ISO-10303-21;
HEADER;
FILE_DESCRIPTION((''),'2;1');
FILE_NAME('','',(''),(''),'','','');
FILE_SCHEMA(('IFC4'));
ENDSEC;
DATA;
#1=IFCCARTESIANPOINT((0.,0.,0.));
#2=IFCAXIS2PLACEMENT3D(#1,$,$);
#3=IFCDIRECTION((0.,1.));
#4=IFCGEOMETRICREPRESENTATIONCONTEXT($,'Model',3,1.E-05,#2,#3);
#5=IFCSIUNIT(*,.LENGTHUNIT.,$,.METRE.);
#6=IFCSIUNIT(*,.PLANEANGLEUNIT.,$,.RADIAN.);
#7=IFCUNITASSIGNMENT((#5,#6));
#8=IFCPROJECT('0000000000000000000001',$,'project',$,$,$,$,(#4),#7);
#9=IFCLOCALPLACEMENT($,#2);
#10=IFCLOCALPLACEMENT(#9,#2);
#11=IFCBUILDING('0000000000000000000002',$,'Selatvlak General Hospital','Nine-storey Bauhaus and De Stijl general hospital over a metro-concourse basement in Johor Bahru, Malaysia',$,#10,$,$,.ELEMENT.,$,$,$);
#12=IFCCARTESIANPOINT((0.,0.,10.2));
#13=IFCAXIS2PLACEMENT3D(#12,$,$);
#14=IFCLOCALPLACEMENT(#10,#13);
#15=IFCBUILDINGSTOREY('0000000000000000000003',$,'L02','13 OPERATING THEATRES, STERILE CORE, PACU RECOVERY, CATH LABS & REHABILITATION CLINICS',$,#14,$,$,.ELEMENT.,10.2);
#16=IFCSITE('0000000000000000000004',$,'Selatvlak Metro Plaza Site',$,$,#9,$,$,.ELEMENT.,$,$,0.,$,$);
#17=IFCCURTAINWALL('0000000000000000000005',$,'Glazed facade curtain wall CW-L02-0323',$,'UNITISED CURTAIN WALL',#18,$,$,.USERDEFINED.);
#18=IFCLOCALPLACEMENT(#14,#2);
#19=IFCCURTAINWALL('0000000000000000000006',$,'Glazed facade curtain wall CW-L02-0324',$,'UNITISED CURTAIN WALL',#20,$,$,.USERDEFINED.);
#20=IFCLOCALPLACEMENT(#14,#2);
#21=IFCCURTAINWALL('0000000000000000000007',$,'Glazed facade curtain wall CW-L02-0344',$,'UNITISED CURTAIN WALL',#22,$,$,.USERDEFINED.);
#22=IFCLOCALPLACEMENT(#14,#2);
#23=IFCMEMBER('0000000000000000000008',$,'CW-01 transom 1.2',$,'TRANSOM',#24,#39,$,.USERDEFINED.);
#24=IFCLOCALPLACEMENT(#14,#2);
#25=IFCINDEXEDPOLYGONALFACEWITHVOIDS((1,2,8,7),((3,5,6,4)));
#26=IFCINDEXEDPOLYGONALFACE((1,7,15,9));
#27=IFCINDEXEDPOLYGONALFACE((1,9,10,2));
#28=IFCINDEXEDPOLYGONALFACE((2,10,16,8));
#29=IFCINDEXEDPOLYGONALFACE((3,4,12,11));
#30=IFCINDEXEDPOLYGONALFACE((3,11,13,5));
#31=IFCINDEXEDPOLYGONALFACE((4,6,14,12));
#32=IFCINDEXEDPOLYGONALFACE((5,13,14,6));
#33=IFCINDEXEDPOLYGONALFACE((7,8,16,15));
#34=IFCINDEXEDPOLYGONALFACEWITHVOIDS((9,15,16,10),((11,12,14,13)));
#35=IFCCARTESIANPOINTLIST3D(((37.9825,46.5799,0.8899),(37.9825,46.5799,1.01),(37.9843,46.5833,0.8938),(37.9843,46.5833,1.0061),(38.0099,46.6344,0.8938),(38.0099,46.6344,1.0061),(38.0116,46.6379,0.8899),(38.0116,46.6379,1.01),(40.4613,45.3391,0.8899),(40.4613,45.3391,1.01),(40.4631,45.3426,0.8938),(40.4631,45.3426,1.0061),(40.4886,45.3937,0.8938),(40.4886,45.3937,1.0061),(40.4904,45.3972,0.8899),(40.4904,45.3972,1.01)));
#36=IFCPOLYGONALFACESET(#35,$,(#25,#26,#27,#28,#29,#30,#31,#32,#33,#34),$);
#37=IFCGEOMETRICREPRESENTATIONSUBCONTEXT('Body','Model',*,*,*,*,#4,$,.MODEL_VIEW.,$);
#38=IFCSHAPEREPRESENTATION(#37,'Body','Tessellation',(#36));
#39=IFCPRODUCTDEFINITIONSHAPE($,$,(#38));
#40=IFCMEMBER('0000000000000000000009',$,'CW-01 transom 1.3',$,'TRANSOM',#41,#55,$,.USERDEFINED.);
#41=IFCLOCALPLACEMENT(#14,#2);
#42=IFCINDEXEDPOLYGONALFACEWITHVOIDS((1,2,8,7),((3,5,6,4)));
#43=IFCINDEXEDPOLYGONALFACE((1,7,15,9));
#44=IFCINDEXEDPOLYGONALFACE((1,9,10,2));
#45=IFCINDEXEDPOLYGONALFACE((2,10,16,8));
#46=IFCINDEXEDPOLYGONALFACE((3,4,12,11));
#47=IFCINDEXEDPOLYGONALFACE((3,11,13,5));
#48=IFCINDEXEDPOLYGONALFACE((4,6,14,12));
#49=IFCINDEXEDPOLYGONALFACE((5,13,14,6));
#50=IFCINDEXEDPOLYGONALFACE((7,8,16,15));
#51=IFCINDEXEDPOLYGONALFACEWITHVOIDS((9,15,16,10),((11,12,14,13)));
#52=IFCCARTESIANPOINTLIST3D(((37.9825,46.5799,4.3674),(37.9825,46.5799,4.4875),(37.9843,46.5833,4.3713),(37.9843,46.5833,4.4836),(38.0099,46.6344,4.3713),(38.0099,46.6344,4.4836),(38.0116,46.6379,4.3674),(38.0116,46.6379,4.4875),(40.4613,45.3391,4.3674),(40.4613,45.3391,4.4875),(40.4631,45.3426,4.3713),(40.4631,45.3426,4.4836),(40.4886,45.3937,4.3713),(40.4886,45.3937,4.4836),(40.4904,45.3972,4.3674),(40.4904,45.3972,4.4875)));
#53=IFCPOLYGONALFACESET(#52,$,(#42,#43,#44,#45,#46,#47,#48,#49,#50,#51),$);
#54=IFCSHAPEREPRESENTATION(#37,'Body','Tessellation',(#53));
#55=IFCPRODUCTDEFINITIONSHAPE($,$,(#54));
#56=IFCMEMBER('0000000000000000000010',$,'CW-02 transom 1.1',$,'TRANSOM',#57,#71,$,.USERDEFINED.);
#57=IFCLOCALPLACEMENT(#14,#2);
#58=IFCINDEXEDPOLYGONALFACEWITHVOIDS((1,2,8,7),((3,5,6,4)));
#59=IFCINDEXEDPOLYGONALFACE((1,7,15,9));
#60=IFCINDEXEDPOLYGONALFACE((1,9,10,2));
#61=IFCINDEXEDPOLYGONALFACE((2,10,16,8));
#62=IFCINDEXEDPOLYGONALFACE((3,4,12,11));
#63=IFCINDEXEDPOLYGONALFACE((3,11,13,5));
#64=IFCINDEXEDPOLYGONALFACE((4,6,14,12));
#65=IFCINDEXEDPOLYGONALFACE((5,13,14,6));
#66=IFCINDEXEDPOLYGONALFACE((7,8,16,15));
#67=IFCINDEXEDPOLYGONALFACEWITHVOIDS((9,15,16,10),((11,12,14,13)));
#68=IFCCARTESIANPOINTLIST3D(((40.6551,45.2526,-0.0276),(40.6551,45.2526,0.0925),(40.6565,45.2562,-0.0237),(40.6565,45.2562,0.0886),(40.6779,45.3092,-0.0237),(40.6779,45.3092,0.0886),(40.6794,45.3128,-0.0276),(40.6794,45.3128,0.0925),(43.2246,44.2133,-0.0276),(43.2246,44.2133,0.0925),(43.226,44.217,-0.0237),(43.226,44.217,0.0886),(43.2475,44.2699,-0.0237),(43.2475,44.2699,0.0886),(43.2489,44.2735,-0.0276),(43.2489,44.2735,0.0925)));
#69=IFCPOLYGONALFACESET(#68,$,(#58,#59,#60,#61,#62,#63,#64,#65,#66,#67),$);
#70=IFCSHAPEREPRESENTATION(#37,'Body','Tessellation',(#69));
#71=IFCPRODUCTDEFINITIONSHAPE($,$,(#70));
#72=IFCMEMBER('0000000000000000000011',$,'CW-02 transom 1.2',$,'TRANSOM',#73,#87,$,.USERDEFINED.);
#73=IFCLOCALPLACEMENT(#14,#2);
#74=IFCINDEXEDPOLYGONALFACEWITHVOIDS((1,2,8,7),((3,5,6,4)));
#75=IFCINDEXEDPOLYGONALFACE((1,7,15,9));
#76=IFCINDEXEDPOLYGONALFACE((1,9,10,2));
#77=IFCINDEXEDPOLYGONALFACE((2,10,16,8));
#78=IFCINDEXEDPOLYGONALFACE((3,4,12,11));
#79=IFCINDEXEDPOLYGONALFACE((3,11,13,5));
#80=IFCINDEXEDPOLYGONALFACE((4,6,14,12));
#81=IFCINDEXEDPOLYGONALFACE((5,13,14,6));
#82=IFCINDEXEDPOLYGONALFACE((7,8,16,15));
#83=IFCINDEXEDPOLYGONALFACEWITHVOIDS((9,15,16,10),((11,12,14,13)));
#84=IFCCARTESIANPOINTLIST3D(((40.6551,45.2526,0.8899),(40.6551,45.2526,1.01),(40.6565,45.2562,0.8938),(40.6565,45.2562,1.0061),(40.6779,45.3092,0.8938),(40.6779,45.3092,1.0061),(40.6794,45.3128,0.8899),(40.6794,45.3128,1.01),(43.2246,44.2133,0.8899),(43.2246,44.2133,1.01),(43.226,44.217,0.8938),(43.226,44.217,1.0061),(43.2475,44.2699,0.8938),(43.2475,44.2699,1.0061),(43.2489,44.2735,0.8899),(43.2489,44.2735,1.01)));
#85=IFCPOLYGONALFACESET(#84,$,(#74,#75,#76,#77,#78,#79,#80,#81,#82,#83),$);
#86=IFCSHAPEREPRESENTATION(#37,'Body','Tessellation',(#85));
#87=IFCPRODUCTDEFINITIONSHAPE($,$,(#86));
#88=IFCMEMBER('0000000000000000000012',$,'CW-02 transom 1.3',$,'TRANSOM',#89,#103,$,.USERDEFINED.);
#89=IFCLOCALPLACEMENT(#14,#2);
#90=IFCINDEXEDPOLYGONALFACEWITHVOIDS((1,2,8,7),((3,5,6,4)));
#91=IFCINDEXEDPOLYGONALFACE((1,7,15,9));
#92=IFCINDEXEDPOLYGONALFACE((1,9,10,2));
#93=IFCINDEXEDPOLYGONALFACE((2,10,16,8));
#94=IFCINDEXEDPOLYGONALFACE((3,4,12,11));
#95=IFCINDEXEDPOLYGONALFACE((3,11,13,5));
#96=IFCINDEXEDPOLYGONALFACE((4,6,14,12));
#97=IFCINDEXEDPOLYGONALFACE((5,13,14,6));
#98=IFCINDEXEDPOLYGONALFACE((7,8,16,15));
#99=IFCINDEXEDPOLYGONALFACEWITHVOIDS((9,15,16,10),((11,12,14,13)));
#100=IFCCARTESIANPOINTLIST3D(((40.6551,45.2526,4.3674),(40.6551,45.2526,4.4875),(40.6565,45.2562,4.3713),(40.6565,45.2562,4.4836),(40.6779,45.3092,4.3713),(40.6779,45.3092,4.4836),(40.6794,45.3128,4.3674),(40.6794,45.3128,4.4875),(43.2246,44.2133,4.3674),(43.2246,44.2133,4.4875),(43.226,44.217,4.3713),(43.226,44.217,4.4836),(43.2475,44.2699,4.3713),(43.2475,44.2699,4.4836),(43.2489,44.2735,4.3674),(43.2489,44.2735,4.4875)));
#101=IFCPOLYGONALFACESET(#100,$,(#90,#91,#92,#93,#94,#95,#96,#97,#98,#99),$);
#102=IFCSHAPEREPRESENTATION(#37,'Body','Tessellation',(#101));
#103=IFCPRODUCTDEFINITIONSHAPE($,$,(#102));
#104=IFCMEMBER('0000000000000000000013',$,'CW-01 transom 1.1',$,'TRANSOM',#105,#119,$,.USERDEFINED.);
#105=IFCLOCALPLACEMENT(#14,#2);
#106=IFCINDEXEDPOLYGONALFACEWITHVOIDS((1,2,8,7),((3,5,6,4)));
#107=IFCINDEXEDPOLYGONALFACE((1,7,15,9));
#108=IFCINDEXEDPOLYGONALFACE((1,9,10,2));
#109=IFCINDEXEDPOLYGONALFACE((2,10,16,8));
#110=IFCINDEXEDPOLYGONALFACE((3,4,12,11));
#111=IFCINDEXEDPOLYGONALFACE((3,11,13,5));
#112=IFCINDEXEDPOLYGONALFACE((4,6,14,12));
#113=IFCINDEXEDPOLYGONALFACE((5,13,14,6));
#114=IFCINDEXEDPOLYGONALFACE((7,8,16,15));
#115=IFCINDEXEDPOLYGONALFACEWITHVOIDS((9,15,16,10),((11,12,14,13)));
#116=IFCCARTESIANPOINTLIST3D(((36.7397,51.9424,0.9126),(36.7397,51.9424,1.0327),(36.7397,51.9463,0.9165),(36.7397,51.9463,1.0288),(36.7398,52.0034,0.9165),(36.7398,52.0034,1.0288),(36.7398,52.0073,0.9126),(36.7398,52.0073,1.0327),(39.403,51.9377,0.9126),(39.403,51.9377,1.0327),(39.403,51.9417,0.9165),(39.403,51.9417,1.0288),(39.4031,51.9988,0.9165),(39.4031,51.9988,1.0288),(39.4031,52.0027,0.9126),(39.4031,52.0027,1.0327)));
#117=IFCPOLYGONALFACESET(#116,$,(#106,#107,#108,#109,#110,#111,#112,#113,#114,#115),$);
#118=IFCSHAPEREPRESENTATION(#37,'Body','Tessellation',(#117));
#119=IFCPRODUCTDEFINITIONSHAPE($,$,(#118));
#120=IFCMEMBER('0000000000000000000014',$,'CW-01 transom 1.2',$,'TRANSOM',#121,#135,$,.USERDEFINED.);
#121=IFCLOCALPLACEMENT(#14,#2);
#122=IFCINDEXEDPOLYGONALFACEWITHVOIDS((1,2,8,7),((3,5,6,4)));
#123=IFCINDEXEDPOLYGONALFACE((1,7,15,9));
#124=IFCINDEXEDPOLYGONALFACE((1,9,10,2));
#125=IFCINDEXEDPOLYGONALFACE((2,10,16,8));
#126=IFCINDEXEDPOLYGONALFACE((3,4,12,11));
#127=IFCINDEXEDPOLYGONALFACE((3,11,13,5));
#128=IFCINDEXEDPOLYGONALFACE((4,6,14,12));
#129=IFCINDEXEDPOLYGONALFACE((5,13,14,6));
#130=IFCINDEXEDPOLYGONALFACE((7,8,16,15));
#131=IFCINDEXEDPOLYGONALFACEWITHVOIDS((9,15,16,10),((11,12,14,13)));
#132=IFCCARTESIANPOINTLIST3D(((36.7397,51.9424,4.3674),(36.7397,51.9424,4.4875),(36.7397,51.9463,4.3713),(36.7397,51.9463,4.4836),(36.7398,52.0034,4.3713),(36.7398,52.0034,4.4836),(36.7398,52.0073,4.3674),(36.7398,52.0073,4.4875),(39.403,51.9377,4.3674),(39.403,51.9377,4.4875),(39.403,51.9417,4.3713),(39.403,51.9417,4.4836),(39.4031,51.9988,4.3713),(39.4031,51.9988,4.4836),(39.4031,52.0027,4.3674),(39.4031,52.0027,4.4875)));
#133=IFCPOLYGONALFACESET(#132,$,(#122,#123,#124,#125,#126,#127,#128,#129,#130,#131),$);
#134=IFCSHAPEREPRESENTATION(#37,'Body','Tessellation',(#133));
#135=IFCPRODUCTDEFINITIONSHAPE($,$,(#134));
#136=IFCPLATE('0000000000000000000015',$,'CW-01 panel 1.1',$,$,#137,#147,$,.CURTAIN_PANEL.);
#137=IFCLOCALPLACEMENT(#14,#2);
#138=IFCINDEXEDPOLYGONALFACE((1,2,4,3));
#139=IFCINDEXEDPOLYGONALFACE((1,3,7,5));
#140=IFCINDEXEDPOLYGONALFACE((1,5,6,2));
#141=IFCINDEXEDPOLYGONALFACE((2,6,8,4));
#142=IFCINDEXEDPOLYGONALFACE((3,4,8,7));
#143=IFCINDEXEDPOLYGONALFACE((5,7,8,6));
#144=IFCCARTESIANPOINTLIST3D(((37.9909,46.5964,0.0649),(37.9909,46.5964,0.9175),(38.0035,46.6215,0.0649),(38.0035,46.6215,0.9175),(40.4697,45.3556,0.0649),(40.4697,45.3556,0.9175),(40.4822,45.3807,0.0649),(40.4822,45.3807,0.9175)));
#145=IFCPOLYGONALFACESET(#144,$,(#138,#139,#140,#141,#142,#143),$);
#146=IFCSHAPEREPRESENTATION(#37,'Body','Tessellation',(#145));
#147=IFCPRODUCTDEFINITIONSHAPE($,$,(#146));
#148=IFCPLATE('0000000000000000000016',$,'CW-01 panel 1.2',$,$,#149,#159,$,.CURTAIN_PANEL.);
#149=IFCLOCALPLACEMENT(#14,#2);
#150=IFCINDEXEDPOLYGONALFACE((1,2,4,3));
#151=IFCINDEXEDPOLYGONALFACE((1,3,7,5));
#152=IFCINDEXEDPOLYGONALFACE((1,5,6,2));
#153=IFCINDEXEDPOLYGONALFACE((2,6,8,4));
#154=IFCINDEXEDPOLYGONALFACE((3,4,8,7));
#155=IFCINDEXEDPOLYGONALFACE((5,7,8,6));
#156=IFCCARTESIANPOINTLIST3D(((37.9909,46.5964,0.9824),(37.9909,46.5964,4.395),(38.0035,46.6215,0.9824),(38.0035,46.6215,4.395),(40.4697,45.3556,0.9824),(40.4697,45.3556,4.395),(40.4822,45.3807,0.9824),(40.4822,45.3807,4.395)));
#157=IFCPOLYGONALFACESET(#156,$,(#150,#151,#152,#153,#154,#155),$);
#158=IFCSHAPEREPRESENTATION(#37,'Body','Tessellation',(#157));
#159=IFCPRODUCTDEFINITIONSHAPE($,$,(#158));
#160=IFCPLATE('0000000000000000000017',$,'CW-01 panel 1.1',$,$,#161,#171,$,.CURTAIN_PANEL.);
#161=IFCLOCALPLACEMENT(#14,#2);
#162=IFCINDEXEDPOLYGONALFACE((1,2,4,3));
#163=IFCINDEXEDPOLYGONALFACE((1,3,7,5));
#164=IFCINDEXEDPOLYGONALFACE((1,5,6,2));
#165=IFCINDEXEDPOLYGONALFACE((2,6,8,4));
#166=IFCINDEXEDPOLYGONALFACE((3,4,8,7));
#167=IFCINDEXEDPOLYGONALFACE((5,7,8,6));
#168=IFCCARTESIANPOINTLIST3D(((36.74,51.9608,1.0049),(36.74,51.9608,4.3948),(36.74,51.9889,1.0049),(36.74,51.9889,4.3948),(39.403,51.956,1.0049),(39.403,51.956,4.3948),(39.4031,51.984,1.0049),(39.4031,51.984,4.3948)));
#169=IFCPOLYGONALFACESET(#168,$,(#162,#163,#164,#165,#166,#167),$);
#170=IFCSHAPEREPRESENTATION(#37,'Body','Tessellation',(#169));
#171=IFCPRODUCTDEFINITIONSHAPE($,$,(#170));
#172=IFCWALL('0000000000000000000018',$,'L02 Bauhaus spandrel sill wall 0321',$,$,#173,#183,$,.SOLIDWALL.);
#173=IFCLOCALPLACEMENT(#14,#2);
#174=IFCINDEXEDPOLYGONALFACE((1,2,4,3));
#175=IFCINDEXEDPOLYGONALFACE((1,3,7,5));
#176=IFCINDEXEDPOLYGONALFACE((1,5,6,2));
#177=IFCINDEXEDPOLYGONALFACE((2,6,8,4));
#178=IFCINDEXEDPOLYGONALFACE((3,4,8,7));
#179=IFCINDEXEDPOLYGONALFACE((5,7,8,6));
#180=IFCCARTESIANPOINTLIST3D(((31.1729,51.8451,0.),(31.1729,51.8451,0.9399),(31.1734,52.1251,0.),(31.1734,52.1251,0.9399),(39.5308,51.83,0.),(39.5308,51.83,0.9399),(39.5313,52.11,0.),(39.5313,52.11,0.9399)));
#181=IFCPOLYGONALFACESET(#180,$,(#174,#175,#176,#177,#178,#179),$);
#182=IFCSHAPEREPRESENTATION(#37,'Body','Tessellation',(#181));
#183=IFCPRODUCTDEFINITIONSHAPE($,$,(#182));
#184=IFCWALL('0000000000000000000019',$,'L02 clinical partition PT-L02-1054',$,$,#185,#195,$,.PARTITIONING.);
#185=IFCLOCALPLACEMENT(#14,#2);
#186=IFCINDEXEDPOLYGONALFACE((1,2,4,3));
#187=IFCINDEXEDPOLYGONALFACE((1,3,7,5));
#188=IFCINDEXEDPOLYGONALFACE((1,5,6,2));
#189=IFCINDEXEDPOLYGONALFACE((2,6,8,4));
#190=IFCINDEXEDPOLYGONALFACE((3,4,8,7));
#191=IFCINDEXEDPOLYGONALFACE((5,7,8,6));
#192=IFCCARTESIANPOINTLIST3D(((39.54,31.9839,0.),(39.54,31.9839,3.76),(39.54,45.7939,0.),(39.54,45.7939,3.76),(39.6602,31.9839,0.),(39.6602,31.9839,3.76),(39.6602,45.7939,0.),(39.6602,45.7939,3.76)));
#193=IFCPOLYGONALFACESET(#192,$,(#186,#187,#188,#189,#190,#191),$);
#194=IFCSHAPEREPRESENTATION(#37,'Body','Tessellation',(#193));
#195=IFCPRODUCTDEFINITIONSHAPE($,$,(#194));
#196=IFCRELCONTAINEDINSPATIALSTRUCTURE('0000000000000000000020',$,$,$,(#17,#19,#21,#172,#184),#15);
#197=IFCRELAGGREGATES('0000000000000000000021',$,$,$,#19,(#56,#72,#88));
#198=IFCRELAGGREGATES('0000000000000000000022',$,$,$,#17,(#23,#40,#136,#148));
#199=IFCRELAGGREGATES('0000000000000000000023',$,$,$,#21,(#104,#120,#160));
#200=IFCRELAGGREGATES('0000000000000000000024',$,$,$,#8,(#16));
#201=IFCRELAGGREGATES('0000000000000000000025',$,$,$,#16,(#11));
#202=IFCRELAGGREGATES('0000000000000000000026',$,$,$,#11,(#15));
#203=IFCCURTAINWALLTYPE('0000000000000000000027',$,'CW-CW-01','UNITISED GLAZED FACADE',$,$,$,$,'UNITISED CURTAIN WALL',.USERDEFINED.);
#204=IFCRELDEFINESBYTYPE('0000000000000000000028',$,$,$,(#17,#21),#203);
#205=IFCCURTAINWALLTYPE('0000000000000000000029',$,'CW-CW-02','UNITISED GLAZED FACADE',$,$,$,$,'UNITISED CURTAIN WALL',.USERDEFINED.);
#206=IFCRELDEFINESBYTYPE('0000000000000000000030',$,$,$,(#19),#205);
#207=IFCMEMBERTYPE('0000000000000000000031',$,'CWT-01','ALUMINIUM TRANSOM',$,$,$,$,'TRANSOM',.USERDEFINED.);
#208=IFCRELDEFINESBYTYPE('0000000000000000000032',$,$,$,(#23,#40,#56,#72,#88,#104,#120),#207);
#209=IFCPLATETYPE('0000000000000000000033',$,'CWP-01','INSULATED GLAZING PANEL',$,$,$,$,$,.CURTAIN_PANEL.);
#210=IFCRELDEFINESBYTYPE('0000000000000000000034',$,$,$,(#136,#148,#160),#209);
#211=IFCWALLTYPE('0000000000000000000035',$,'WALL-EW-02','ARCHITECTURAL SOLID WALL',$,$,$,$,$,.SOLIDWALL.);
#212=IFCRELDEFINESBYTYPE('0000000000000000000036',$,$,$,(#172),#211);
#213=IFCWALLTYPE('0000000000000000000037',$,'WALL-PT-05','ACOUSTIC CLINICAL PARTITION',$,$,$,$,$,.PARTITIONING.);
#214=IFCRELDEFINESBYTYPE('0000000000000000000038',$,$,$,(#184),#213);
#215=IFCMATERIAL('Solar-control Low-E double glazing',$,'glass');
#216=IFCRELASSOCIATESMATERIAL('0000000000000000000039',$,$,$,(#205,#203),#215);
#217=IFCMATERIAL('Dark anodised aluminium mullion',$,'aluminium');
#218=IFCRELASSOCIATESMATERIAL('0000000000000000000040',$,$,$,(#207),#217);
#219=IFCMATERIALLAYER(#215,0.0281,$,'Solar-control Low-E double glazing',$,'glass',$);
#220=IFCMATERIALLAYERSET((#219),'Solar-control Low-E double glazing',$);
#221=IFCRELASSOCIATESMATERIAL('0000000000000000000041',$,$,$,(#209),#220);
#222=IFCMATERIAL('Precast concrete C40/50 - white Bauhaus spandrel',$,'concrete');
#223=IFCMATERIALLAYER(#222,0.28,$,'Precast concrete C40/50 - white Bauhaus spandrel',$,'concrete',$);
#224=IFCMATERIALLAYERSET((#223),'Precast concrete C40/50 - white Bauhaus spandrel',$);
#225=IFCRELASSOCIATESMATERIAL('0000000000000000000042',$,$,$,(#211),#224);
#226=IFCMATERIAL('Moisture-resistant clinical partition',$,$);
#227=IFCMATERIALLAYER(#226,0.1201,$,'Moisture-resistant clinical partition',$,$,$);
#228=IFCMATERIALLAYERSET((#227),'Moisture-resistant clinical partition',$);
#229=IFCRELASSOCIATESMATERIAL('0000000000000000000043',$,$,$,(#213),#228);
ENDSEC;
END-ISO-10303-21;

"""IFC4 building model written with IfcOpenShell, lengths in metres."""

from ifc_helpers import new_model, si_unit, direction, frame, frame_2d, origin, origin_2d, place, context, subcontext, project, spatial, rectangle, hollow_rectangle, extrude, material, layer, layer_set, material_profile, profile_set, type_object, element, aggregate, save


model = new_model("IFC4")

# Units and contexts
model_context = context("Model", 3, precision=1e-05, world=origin(), true_north=direction((0.0, 1.0)))
body_context = subcontext(model_context, "Body", "Model", "MODEL_VIEW")
ifc_project = project(units=[si_unit("LENGTHUNIT", "METRE"), si_unit("PLANEANGLEUNIT", "RADIAN")], contexts=[model_context])

# Site, building, storey
site_placement = place(None, origin())
site = spatial("IfcSite", under=ifc_project, at=site_placement, Name="Selatvlak Metro Plaza Site", CompositionType="ELEMENT", RefElevation=0.0)
building_placement = place(site_placement, origin())
building = spatial("IfcBuilding", under=site, at=building_placement, Name="Selatvlak General Hospital", Description="Nine-storey Bauhaus and De Stijl general hospital over a metro-concourse basement in Johor Bahru, Malaysia", CompositionType="ELEMENT")
storey_placement = place(building_placement, frame((0.0, 0.0, 10.2)))
storey = spatial("IfcBuildingStorey", under=building, at=storey_placement, Name="L02", Description="13 OPERATING THEATRES, STERILE CORE, PACU RECOVERY, CATH LABS & REHABILITATION CLINICS", CompositionType="ELEMENT", Elevation=10.2)

# Shared definitions
ifc_material_1 = material(Name="Solar-control Low-E double glazing", Category="glass")
curtain_wall_type_1 = type_object("IfcCurtainWallType", Name="CW-CW-02", Description="UNITISED GLAZED FACADE", ElementType="UNITISED CURTAIN WALL", PredefinedType="USERDEFINED", material=ifc_material_1)
ifc_material_2 = material(Name="Dark anodised aluminium mullion", Category="aluminium")

# Curtain wall
curtain_wall_type_2 = type_object("IfcCurtainWallType", Name="CW-CW-01", Description="UNITISED GLAZED FACADE", ElementType="UNITISED CURTAIN WALL", PredefinedType="USERDEFINED", material=ifc_material_1)
curtain_wall_1_placement = place(storey_placement, origin())
curtain_wall_1 = element("IfcCurtainWall", 1, at=curtain_wall_1_placement, inside=storey, type_object=curtain_wall_type_2, Name="Glazed facade curtain wall CW-L02-0323", ObjectType="UNITISED CURTAIN WALL", PredefinedType="USERDEFINED")

# Curtain wall
curtain_wall_2_placement = place(storey_placement, origin())
curtain_wall_2 = element("IfcCurtainWall", 2, at=curtain_wall_2_placement, inside=storey, type_object=curtain_wall_type_1, Name="Glazed facade curtain wall CW-L02-0324", ObjectType="UNITISED CURTAIN WALL", PredefinedType="USERDEFINED")

# Curtain wall
curtain_wall_3_placement = place(storey_placement, origin())
curtain_wall_3 = element("IfcCurtainWall", 3, at=curtain_wall_3_placement, inside=storey, type_object=curtain_wall_type_2, Name="Glazed facade curtain wall CW-L02-0344", ObjectType="UNITISED CURTAIN WALL", PredefinedType="USERDEFINED")

# Members
ifc_material_profile_1 = material_profile(ifc_material_2, hollow_rectangle(XDim=0.0649, YDim=0.1201, WallThickness=0.0039, at=origin_2d()), Name="AL-TRN 65x120x4")
ifc_profile_set_1 = profile_set([ifc_material_profile_1], Name="Dark anodised aluminium mullion")
member_type_1 = type_object("IfcMemberType", Name="CWT-01", Description="ALUMINIUM TRANSOM", ElementType="TRANSOM", PredefinedType="USERDEFINED", material=ifc_profile_set_1)
member_1_placement = place(storey_placement, frame((37.9971, 46.6089, 0.95), z_axis=(0.894233, -0.447601, 0.0), x_axis=(0.447601, 0.894233, 0.0)))
member_1 = element("IfcMember", 4, at=member_1_placement, type_object=member_type_1, Name="CW-01 transom 1.2", ObjectType="TRANSOM", PredefinedType="USERDEFINED", context=body_context, shape_type="SweptSolid", body=[
    extrude(hollow_rectangle(XDim=0.0649, YDim=0.1201, WallThickness=0.0039, at=origin_2d()), origin(), (0.0, 0.0, 1.0), 2.772),
])
member_2_placement = place(storey_placement, frame((37.9971, 46.6089, 4.4275), z_axis=(0.894233, -0.447601, 0.0), x_axis=(0.447601, 0.894233, 0.0)))
member_2 = element("IfcMember", 5, at=member_2_placement, type_object=member_type_1, Name="CW-01 transom 1.3", ObjectType="TRANSOM", PredefinedType="USERDEFINED", context=body_context, shape_type="SweptSolid", body=[
    extrude(hollow_rectangle(XDim=0.0649, YDim=0.1201, WallThickness=0.0039, at=origin_2d()), origin(), (0.0, 0.0, 1.0), 2.772),
])
member_3_placement = place(storey_placement, frame((40.6672, 45.2827, 0.0325), z_axis=(0.927042, -0.374957, 0.0), x_axis=(0.374957, 0.927042, 0.0)))
member_3 = element("IfcMember", 6, at=member_3_placement, type_object=member_type_1, Name="CW-02 transom 1.1", ObjectType="TRANSOM", PredefinedType="USERDEFINED", context=body_context, shape_type="SweptSolid", body=[
    extrude(hollow_rectangle(XDim=0.0649, YDim=0.1201, WallThickness=0.0039, at=origin_2d()), origin(), (0.0, 0.0, 1.0), 2.7717),
])
member_4_placement = place(storey_placement, frame((40.6672, 45.2827, 0.95), z_axis=(0.927042, -0.374957, 0.0), x_axis=(0.374957, 0.927042, 0.0)))
member_4 = element("IfcMember", 7, at=member_4_placement, type_object=member_type_1, Name="CW-02 transom 1.2", ObjectType="TRANSOM", PredefinedType="USERDEFINED", context=body_context, shape_type="SweptSolid", body=[
    extrude(hollow_rectangle(XDim=0.0649, YDim=0.1201, WallThickness=0.0039, at=origin_2d()), origin(), (0.0, 0.0, 1.0), 2.7717),
])
member_5_placement = place(storey_placement, frame((40.6672, 45.2827, 4.4275), z_axis=(0.927042, -0.374957, 0.0), x_axis=(0.374957, 0.927042, 0.0)))
member_5 = element("IfcMember", 8, at=member_5_placement, type_object=member_type_1, Name="CW-02 transom 1.3", ObjectType="TRANSOM", PredefinedType="USERDEFINED", context=body_context, shape_type="SweptSolid", body=[
    extrude(hollow_rectangle(XDim=0.0649, YDim=0.1201, WallThickness=0.0039, at=origin_2d()), origin(), (0.0, 0.0, 1.0), 2.7717),
])
aggregate(curtain_wall_2, [member_3, member_4, member_5])
member_6_placement = place(storey_placement, frame((39.4031, 51.9702, 0.9727), z_axis=(-0.999998, 0.001742, 0.0), x_axis=(-0.001742, -0.999998, 0.0)))
member_6 = element("IfcMember", 9, at=member_6_placement, type_object=member_type_1, Name="CW-01 transom 1.1", ObjectType="TRANSOM", PredefinedType="USERDEFINED", context=body_context, shape_type="SweptSolid", body=[
    extrude(hollow_rectangle(XDim=0.0649, YDim=0.1201, WallThickness=0.0039, at=origin_2d()), origin(), (0.0, 0.0, 1.0), 2.6633),
])
member_7_placement = place(storey_placement, frame((39.4031, 51.9702, 4.4275), z_axis=(-0.999998, 0.001742, 0.0), x_axis=(-0.001742, -0.999998, 0.0)))
member_7 = element("IfcMember", 10, at=member_7_placement, type_object=member_type_1, Name="CW-01 transom 1.2", ObjectType="TRANSOM", PredefinedType="USERDEFINED", context=body_context, shape_type="SweptSolid", body=[
    extrude(hollow_rectangle(XDim=0.0649, YDim=0.1201, WallThickness=0.0039, at=origin_2d()), origin(), (0.0, 0.0, 1.0), 2.6633),
])

# Plates
ifc_layer_1 = layer(ifc_material_1, 0.0281, Name="Solar-control Low-E double glazing", Category="glass")
ifc_layer_set_1 = layer_set([ifc_layer_1], Name="Solar-control Low-E double glazing")
plate_type = type_object("IfcPlateType", Name="CWP-01", Description="INSULATED GLAZING PANEL", PredefinedType="CURTAIN_PANEL", material=ifc_layer_set_1)
plate_1_placement = place(storey_placement, frame((39.2366, 45.9885, 0.0649), z_axis=(0.0, 0.0, 1.0), x_axis=(0.89422, -0.447627, 0.0)))
plate_1 = element("IfcPlate", 11, at=plate_1_placement, type_object=plate_type, Name="CW-01 panel 1.1", PredefinedType="CURTAIN_PANEL", context=body_context, shape_type="SweptSolid", body=[
    extrude(rectangle(XDim=2.772, YDim=0.0281, at=origin_2d()), origin(), (0.0, 0.0, 1.0), 0.8525),
])
plate_2_placement = place(storey_placement, frame((39.2366, 45.9885, 0.9824), z_axis=(0.0, 0.0, 1.0), x_axis=(0.89422, -0.447627, 0.0)))
plate_2 = element("IfcPlate", 12, at=plate_2_placement, type_object=plate_type, Name="CW-01 panel 1.2", PredefinedType="CURTAIN_PANEL", context=body_context, shape_type="SweptSolid", body=[
    extrude(rectangle(XDim=2.772, YDim=0.0281, at=origin_2d()), origin(), (0.0, 0.0, 1.0), 3.4126),
])
aggregate(curtain_wall_1, [member_1, member_2, plate_1, plate_2])
plate_3_placement = place(storey_placement, frame((38.0715, 51.9724, 1.0049), z_axis=(0.0, 0.0, 1.0), x_axis=(-0.999998, 0.001811, 0.0)))
plate_3 = element("IfcPlate", 13, at=plate_3_placement, type_object=plate_type, Name="CW-01 panel 1.1", PredefinedType="CURTAIN_PANEL", context=body_context, shape_type="SweptSolid", body=[
    extrude(rectangle(XDim=2.6631, YDim=0.0281, at=origin_2d()), origin(), (0.0, 0.0, 1.0), 3.3899),
])
aggregate(curtain_wall_3, [member_6, member_7, plate_3])

# Walls
ifc_material_3 = material(Name="Precast concrete C40/50 - white Bauhaus spandrel", Category="concrete")
ifc_layer_2 = layer(ifc_material_3, 0.28, Name="Precast concrete C40/50 - white Bauhaus spandrel", Category="concrete")
ifc_layer_set_2 = layer_set([ifc_layer_2], Name="Precast concrete C40/50 - white Bauhaus spandrel")
wall_type_1 = type_object("IfcWallType", Name="WALL-EW-02", Description="ARCHITECTURAL SOLID WALL", PredefinedType="SOLIDWALL", material=ifc_layer_set_2)
wall_1_placement = place(storey_placement, frame((39.531, 51.97, 0.0), z_axis=(0.0, 0.0, 1.0), x_axis=(-0.999998, 0.001811, 0.0)))
element("IfcWall", 14, at=wall_1_placement, inside=storey, type_object=wall_type_1, Name="L02 Bauhaus spandrel sill wall 0321", PredefinedType="SOLIDWALL", context=body_context, shape_type="SweptSolid", body=[
    extrude(rectangle(XDim=8.3579, YDim=0.28, at=frame_2d((4.179, 0.0))), origin(), (0.0, 0.0, 1.0), 0.9399),
])
ifc_material_4 = material(Name="Moisture-resistant clinical partition")
ifc_layer_3 = layer(ifc_material_4, 0.1201, Name="Moisture-resistant clinical partition")
ifc_layer_set_3 = layer_set([ifc_layer_3], Name="Moisture-resistant clinical partition")
wall_type_2 = type_object("IfcWallType", Name="WALL-PT-05", Description="ACOUSTIC CLINICAL PARTITION", PredefinedType="PARTITIONING", material=ifc_layer_set_3)
wall_2_placement = place(storey_placement, frame((39.6001, 45.7939, 0.0), z_axis=(0.0, 0.0, 1.0), x_axis=(0.0, -1.0, 0.0)))
element("IfcWall", 15, at=wall_2_placement, inside=storey, type_object=wall_type_2, Name="L02 clinical partition PT-L02-1054", PredefinedType="PARTITIONING", context=body_context, shape_type="SweptSolid", body=[
    extrude(rectangle(XDim=13.8101, YDim=0.1201, at=frame_2d((6.905, 0.0))), origin(), (0.0, 0.0, 1.0), 3.76),
])

save(model, "model.ifc")
